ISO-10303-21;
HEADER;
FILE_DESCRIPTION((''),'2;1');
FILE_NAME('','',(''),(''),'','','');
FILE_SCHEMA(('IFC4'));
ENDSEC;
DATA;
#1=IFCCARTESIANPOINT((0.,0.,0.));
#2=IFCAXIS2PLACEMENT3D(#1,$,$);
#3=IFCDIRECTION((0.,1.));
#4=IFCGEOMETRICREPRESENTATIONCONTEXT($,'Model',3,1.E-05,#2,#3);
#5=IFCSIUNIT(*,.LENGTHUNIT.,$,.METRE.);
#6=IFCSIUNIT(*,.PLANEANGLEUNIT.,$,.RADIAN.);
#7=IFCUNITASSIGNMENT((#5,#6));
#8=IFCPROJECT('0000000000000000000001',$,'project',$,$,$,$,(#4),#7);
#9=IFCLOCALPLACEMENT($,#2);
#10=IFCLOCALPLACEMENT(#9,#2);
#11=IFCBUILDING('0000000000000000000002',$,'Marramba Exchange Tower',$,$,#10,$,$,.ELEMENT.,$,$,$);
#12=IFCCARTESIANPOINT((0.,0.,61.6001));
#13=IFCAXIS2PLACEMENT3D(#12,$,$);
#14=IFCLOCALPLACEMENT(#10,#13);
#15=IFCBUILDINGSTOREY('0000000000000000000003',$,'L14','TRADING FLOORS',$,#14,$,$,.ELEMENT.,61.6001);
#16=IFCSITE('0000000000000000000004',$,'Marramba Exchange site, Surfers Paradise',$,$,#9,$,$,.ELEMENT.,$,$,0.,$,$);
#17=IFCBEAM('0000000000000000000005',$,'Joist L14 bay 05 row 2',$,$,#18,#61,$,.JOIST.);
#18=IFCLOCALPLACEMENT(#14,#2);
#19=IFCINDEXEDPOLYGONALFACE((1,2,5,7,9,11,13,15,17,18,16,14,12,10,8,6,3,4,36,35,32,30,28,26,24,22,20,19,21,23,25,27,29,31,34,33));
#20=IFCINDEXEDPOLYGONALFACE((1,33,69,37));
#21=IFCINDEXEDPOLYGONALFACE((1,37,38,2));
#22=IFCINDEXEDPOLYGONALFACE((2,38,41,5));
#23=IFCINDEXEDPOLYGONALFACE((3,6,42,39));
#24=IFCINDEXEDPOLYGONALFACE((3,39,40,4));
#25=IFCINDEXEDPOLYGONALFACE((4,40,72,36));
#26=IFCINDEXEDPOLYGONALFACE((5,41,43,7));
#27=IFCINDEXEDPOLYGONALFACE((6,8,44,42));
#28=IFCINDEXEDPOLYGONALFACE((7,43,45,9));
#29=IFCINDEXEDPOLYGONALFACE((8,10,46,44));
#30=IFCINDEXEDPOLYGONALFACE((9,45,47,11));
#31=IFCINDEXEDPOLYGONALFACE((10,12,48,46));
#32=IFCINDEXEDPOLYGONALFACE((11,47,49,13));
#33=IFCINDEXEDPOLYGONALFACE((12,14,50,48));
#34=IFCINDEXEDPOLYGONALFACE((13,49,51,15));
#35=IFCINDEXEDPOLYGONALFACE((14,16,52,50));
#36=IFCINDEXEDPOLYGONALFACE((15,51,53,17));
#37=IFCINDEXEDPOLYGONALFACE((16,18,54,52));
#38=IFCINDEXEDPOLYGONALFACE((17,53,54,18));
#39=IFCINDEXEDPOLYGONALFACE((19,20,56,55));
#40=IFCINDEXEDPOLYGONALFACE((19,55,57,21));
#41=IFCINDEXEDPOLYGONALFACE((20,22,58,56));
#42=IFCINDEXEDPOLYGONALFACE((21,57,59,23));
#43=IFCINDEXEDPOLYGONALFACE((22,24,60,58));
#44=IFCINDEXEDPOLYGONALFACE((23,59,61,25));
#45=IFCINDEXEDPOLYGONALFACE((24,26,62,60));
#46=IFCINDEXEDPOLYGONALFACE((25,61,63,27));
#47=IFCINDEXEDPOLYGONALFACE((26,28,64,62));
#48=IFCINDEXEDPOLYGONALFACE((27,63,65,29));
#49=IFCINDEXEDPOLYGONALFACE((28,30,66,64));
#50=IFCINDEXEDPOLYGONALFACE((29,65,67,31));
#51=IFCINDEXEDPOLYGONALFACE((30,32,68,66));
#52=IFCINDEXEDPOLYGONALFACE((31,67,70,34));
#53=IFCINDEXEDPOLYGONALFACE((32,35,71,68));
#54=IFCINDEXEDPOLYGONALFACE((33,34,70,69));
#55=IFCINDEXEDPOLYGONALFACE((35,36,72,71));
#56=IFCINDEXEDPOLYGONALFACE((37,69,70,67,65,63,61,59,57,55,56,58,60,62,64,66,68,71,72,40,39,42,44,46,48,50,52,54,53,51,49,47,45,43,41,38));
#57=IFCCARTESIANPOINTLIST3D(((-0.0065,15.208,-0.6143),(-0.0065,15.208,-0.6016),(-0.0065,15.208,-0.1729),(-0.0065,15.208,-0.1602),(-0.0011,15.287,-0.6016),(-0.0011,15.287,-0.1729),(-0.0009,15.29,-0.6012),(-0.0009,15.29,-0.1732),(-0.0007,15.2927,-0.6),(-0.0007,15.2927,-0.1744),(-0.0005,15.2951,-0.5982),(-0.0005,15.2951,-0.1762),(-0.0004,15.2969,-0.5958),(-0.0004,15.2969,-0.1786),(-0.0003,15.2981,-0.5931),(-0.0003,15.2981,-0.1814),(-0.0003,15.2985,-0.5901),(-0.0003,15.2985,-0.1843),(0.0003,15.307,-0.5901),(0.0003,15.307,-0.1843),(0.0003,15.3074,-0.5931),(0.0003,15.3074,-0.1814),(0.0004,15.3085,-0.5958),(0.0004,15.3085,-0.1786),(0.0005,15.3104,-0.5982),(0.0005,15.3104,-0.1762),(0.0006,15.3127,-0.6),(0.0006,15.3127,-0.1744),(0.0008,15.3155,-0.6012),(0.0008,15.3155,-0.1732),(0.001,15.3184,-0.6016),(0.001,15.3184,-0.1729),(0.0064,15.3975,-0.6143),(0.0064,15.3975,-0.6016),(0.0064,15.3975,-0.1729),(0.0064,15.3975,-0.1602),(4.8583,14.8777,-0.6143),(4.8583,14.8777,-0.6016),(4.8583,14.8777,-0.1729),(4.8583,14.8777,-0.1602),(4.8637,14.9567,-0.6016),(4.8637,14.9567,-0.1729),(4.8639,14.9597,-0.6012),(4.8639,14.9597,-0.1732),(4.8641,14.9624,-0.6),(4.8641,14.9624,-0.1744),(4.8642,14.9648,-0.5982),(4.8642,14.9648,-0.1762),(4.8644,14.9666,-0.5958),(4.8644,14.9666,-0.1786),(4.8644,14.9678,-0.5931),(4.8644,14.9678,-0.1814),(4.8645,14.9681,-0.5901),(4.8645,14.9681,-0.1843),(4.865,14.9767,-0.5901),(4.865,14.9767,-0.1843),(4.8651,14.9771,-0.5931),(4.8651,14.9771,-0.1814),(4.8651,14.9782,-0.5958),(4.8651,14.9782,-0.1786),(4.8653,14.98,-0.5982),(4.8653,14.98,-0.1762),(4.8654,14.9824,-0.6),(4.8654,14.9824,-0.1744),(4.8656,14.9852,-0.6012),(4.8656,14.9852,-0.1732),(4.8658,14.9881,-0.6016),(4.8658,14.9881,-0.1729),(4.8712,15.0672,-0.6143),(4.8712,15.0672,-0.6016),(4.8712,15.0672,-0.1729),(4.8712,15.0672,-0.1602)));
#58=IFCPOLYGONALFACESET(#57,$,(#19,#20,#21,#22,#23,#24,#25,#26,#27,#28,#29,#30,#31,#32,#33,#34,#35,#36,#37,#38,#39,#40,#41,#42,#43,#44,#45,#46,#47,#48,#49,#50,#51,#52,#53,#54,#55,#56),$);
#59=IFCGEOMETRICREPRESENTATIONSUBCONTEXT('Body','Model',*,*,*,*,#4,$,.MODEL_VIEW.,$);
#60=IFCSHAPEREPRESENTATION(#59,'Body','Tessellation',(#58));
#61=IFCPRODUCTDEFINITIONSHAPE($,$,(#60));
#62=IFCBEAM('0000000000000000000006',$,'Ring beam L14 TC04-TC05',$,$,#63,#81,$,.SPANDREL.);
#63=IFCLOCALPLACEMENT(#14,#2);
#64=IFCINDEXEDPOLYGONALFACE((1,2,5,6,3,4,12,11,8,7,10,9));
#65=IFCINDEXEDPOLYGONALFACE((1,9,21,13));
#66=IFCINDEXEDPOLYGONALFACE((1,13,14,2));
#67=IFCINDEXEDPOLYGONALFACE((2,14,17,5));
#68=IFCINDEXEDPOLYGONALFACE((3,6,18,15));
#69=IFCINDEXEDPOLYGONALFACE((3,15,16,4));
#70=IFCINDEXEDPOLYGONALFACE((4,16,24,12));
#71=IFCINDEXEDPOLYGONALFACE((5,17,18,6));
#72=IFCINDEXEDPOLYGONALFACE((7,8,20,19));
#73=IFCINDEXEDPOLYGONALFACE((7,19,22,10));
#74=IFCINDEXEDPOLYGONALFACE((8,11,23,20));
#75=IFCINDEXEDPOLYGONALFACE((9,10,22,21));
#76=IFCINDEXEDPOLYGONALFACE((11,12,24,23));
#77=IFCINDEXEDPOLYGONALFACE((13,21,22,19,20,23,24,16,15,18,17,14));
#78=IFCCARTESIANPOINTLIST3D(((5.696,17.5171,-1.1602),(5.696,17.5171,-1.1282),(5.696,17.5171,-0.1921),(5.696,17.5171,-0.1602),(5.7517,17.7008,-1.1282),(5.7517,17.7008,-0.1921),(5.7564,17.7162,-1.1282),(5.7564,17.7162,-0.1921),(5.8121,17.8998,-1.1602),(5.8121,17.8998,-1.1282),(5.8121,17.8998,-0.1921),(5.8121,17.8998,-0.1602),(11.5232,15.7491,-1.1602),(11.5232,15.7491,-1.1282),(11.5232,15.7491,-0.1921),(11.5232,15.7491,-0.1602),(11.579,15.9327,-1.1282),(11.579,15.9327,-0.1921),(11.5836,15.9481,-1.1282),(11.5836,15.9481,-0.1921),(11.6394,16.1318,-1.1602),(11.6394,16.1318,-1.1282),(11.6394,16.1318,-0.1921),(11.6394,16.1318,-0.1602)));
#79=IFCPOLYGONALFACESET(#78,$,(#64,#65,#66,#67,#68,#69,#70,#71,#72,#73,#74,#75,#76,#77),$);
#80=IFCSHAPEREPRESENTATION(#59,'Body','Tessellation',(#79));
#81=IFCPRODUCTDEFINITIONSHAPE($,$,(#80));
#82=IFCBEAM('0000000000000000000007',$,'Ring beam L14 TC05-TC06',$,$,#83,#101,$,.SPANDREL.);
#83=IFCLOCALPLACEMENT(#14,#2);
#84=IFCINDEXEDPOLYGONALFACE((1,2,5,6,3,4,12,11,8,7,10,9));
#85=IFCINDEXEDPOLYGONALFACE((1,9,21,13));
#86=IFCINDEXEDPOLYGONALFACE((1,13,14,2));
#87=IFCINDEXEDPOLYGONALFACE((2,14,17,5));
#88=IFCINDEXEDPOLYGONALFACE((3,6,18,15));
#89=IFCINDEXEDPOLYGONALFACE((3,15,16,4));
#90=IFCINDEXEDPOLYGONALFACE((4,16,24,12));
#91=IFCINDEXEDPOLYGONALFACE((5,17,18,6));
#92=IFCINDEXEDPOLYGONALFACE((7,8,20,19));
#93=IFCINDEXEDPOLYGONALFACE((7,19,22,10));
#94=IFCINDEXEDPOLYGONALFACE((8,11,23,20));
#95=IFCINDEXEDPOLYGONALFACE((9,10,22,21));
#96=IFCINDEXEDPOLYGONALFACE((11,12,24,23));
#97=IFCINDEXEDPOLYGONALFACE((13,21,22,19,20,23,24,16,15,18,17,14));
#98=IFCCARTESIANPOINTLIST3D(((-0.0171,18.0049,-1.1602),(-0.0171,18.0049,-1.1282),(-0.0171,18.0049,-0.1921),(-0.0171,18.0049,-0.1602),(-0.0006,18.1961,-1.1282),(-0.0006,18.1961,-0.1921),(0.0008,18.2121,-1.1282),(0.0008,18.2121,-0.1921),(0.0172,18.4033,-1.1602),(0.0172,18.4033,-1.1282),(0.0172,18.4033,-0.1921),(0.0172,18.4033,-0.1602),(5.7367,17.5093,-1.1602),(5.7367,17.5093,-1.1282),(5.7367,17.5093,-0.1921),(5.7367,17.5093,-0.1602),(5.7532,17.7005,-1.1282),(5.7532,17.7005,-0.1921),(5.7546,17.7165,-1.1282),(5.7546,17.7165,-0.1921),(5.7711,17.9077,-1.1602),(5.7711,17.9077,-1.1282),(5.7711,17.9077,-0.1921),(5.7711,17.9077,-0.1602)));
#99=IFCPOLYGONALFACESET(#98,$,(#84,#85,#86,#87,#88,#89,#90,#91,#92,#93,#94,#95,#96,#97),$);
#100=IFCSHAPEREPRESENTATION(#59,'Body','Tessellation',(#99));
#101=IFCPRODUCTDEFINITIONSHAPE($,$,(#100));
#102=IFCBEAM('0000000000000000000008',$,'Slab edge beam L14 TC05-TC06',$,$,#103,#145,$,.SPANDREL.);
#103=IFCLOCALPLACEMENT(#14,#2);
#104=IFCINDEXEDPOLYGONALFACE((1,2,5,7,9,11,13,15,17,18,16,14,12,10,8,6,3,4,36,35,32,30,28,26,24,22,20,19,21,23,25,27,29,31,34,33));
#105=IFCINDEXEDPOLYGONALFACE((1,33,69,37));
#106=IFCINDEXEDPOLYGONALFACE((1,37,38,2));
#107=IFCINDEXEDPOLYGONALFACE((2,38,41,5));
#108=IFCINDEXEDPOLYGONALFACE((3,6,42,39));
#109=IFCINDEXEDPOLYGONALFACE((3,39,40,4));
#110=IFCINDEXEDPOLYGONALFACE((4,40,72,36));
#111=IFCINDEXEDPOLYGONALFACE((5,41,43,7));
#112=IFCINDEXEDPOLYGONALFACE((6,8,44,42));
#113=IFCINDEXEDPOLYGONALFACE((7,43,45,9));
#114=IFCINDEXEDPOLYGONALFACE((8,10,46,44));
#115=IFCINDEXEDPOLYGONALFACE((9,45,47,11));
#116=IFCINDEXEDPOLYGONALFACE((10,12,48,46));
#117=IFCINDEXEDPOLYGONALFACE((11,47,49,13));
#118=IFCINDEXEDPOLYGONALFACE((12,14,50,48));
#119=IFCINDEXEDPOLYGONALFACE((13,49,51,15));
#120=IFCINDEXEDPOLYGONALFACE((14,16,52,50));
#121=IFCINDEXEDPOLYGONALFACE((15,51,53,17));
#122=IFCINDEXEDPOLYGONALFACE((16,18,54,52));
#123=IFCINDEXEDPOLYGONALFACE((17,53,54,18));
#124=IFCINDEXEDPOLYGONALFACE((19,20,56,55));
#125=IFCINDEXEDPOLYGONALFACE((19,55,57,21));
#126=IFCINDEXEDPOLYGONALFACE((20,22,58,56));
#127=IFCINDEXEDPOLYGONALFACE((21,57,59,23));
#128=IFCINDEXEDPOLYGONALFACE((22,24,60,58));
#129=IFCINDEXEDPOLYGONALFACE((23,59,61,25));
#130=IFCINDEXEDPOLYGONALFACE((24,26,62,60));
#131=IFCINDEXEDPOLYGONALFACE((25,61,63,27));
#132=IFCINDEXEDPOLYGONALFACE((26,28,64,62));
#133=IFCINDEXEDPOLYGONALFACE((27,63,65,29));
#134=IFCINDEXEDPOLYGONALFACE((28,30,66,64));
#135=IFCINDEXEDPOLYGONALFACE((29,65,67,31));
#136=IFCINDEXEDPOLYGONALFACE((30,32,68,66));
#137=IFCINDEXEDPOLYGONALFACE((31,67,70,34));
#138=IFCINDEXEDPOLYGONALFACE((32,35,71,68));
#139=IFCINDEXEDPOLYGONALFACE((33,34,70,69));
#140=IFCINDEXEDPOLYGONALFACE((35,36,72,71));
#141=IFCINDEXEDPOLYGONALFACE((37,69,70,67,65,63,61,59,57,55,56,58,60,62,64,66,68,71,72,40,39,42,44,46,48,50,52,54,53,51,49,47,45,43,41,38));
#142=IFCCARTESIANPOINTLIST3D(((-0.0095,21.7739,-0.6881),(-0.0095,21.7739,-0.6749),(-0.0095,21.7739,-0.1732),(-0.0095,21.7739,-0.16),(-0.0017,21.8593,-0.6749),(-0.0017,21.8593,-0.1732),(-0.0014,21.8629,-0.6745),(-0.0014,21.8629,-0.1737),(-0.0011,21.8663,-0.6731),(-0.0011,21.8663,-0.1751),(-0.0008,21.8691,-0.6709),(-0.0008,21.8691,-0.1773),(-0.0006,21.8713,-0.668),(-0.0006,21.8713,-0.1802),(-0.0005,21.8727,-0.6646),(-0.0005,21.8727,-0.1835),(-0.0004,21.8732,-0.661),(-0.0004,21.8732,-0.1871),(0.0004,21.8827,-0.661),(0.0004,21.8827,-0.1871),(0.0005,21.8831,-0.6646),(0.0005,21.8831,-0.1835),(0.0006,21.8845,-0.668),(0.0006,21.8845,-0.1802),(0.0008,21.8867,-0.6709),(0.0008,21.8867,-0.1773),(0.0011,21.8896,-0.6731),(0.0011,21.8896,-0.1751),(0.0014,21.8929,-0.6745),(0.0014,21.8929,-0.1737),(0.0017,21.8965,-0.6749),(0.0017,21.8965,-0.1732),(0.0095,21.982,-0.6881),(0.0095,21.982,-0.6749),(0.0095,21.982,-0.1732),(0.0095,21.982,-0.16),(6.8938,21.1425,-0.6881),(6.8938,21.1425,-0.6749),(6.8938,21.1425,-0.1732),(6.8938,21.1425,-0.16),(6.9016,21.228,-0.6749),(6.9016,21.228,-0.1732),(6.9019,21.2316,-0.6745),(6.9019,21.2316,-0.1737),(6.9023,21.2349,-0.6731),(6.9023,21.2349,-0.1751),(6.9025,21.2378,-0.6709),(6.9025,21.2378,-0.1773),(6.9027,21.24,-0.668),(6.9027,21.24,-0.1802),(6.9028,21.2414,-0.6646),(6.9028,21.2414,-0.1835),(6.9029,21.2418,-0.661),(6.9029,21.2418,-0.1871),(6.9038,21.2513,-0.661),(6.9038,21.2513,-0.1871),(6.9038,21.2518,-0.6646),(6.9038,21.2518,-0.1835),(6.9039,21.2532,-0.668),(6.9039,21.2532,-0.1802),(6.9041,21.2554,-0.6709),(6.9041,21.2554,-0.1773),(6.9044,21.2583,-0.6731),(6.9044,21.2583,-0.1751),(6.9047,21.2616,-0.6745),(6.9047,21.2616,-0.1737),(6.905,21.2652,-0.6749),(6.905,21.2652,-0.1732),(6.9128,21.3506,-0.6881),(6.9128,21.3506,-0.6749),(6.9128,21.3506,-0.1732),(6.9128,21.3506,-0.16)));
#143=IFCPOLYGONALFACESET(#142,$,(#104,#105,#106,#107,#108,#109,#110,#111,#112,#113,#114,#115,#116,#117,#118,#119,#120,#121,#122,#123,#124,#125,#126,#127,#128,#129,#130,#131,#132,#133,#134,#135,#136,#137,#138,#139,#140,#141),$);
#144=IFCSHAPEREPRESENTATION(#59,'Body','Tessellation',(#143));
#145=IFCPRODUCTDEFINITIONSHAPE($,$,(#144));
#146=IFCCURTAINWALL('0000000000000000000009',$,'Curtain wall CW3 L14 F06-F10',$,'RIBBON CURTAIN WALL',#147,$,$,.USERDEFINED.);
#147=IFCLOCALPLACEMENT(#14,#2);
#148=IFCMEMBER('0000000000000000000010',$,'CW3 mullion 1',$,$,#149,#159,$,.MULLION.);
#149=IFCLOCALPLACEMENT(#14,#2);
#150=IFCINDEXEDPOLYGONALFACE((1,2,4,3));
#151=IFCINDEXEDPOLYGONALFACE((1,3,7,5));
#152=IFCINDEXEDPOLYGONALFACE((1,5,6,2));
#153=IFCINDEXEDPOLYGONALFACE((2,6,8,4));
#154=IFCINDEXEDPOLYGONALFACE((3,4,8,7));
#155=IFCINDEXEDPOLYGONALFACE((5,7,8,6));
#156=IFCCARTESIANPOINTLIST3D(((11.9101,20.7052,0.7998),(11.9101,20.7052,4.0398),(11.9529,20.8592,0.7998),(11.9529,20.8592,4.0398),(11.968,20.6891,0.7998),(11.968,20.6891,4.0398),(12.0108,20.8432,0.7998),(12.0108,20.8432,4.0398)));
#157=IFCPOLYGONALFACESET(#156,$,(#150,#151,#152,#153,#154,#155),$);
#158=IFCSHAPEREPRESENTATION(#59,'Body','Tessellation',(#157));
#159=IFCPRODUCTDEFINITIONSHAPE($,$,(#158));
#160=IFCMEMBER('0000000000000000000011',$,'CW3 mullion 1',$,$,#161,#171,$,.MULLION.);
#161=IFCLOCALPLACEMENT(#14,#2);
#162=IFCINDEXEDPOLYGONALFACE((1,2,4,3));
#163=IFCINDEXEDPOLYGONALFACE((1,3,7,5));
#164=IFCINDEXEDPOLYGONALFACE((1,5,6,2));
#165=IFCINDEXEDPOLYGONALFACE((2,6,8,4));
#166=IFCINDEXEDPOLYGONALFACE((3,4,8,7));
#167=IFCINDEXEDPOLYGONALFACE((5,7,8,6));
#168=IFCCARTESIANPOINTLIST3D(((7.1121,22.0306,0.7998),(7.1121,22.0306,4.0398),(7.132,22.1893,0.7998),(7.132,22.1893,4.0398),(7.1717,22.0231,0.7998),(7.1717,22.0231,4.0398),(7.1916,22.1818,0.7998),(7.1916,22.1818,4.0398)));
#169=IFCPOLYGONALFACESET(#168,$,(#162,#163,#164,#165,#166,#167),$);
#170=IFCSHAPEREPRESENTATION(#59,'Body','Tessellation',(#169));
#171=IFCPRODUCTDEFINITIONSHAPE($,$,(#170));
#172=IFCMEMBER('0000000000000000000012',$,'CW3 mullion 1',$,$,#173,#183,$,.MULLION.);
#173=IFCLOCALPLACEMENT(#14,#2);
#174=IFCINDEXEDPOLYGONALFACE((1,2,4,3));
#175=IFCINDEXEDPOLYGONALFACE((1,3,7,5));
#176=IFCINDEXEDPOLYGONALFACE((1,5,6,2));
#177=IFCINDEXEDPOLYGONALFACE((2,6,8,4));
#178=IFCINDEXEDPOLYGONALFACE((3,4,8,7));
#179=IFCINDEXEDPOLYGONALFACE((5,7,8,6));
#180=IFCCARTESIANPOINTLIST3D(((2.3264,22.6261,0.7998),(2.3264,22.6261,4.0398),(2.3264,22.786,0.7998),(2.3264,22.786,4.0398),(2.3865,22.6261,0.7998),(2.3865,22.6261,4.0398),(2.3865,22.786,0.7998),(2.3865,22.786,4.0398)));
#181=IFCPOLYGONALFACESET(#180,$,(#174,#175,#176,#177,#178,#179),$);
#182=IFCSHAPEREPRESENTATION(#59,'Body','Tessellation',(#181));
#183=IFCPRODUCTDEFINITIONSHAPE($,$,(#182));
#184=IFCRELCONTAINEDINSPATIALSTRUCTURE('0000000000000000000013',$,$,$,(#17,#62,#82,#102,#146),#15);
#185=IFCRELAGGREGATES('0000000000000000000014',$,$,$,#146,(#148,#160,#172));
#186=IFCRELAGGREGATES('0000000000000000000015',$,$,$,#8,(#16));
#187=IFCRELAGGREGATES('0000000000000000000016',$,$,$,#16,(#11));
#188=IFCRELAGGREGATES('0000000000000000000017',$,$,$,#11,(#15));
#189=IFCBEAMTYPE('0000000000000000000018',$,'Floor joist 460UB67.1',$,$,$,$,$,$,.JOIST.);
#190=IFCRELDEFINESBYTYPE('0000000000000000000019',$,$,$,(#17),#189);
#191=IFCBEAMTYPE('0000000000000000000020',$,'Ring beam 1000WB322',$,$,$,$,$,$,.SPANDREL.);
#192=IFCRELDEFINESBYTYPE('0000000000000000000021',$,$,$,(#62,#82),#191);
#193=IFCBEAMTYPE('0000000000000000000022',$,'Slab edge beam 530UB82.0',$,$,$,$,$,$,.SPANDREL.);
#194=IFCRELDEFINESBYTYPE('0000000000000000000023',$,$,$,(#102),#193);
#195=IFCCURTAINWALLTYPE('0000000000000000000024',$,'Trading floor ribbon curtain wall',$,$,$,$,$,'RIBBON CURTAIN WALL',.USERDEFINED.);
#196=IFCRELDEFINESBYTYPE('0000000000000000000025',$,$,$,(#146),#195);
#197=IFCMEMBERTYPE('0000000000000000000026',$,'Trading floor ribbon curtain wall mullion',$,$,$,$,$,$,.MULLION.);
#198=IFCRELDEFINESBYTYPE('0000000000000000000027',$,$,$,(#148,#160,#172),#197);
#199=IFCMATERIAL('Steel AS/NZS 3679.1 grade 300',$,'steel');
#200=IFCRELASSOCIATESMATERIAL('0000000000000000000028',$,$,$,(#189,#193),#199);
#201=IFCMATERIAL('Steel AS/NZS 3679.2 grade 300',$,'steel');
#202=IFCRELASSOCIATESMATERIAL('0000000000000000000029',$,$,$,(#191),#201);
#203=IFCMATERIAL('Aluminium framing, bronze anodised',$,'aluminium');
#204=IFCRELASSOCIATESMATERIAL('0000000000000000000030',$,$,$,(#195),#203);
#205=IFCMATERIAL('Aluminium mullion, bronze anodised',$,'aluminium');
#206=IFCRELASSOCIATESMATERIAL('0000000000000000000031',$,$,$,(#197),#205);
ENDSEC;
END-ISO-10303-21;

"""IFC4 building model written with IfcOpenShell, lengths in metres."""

from ifc_helpers import new_model, si_unit, direction, frame, origin, origin_2d, place, context, subcontext, project, spatial, rectangle, i_section, extrude, material, material_profile, profile_set, type_object, element, aggregate, save


model = new_model("IFC4")

# Units and contexts
model_context = context("Model", 3, precision=1e-05, world=origin(), true_north=direction((0.0, 1.0)))
body_context = subcontext(model_context, "Body", "Model", "MODEL_VIEW")
ifc_project = project(units=[si_unit("LENGTHUNIT", "METRE"), si_unit("PLANEANGLEUNIT", "RADIAN")], contexts=[model_context])

# Site, building, storey
site_placement = place(None, origin())
site = spatial("IfcSite", under=ifc_project, at=site_placement, Name="Marramba Exchange site, Surfers Paradise", CompositionType="ELEMENT", RefElevation=0.0)
building_placement = place(site_placement, origin())
building = spatial("IfcBuilding", under=site, at=building_placement, Name="Marramba Exchange Tower", CompositionType="ELEMENT")
storey_placement = place(building_placement, frame((0.0, 0.0, 61.6001)))
storey = spatial("IfcBuildingStorey", under=building, at=storey_placement, Name="L14", Description="TRADING FLOORS", CompositionType="ELEMENT", Elevation=61.6001)

# Beams
ifc_material_1 = material(Name="Steel AS/NZS 3679.2 grade 300", Category="steel")
ifc_material_2 = material(Name="Steel AS/NZS 3679.1 grade 300", Category="steel")
ifc_material_profile_1 = material_profile(ifc_material_2, i_section(OverallWidth=0.1899, OverallDepth=0.4541, WebThickness=0.0085, FlangeThickness=0.0127, FilletRadius=0.0115, at=origin_2d()), Name="460UB67.1")
ifc_profile_set_1 = profile_set([ifc_material_profile_1], Name="Steel AS/NZS 3679.1 grade 300")
beam_type_1 = type_object("IfcBeamType", Name="Floor joist 460UB67.1", PredefinedType="JOIST", material=ifc_profile_set_1)
beam_1_placement = place(storey_placement, frame((4.8647, 14.9724, -0.3872), z_axis=(-0.997703, 0.067745, 0.0), x_axis=(-0.067745, -0.997703, 0.0)))
element("IfcBeam", 1, at=beam_1_placement, inside=storey, type_object=beam_type_1, Name="Joist L14 bay 05 row 2", PredefinedType="JOIST", context=body_context, shape_type="SweptSolid", body=[
    extrude(i_section(OverallWidth=0.1899, OverallDepth=0.4541, WebThickness=0.0085, FlangeThickness=0.0127, FilletRadius=0.0115, at=origin_2d()), origin(), (0.0, 0.0, 1.0), 4.876),
])
ifc_material_profile_2 = material_profile(ifc_material_1, i_section(OverallWidth=0.3999, OverallDepth=1.0, WebThickness=0.0161, FlangeThickness=0.032, at=origin_2d()), Name="1000WB322")
ifc_profile_set_2 = profile_set([ifc_material_profile_2], Name="Steel AS/NZS 3679.2 grade 300")
beam_type_2 = type_object("IfcBeamType", Name="Ring beam 1000WB322", PredefinedType="SPANDREL", material=ifc_profile_set_2)
beam_2_placement = place(storey_placement, frame((11.5813, 15.9404, -0.6602), z_axis=(-0.956925, 0.290337, 0.0), x_axis=(-0.290337, -0.956925, 0.0)))
element("IfcBeam", 2, at=beam_2_placement, inside=storey, type_object=beam_type_2, Name="Ring beam L14 TC04-TC05", PredefinedType="SPANDREL", context=body_context, shape_type="SweptSolid", body=[
    extrude(i_section(OverallWidth=0.3999, OverallDepth=1.0, WebThickness=0.0161, FlangeThickness=0.032, at=origin_2d()), origin(), (0.0, 0.0, 1.0), 6.0896),
])
beam_3_placement = place(storey_placement, frame((5.7539, 17.7085, -0.6602), z_axis=(-0.996311, 0.085816, 0.0), x_axis=(-0.085816, -0.996311, 0.0)))
element("IfcBeam", 3, at=beam_3_placement, inside=storey, type_object=beam_type_2, Name="Ring beam L14 TC05-TC06", PredefinedType="SPANDREL", context=body_context, shape_type="SweptSolid", body=[
    extrude(i_section(OverallWidth=0.3999, OverallDepth=1.0, WebThickness=0.0161, FlangeThickness=0.032, at=origin_2d()), origin(), (0.0, 0.0, 1.0), 5.7751),
])
ifc_material_profile_3 = material_profile(ifc_material_2, i_section(OverallWidth=0.209, OverallDepth=0.5281, WebThickness=0.0095, FlangeThickness=0.0132, FilletRadius=0.0139, at=origin_2d()), Name="530UB82.0")
ifc_profile_set_3 = profile_set([ifc_material_profile_3], Name="Steel AS/NZS 3679.1 grade 300")
beam_type_3 = type_object("IfcBeamType", Name="Slab edge beam 530UB82.0", PredefinedType="SPANDREL", material=ifc_profile_set_3)
beam_4_placement = place(storey_placement, frame((6.9033, 21.2466, -0.4241), z_axis=(-0.995844, 0.091076, 0.0), x_axis=(-0.091076, -0.995844, 0.0)))
element("IfcBeam", 4, at=beam_4_placement, inside=storey, type_object=beam_type_3, Name="Slab edge beam L14 TC05-TC06", PredefinedType="SPANDREL", context=body_context, shape_type="SweptSolid", body=[
    extrude(i_section(OverallWidth=0.209, OverallDepth=0.5281, WebThickness=0.0095, FlangeThickness=0.0132, FilletRadius=0.0139, at=origin_2d()), origin(), (0.0, 0.0, 1.0), 6.9321),
])

# Curtain wall, members
ifc_material_3 = material(Name="Aluminium framing, bronze anodised", Category="aluminium")
curtain_wall_type = type_object("IfcCurtainWallType", Name="Trading floor ribbon curtain wall", ElementType="RIBBON CURTAIN WALL", PredefinedType="USERDEFINED", material=ifc_material_3)
curtain_wall_placement = place(storey_placement, origin())
curtain_wall = element("IfcCurtainWall", 5, at=curtain_wall_placement, inside=storey, type_object=curtain_wall_type, Name="Curtain wall CW3 L14 F06-F10", ObjectType="RIBBON CURTAIN WALL", PredefinedType="USERDEFINED")
ifc_material_4 = material(Name="Aluminium mullion, bronze anodised", Category="aluminium")
ifc_material_profile_4 = material_profile(ifc_material_4, rectangle(XDim=0.1599, YDim=0.0601, at=origin_2d()), Name="CW3 mullion 60x160")
ifc_profile_set_4 = profile_set([ifc_material_profile_4], Name="Aluminium mullion, bronze anodised")
member_type_1 = type_object("IfcMemberType", Name="Trading floor ribbon curtain wall mullion", PredefinedType="MULLION", material=ifc_profile_set_4)
member_1_placement = place(storey_placement, frame((11.9604, 20.7742, 0.7998), z_axis=(0.0, 0.0, 1.0), x_axis=(-0.267809, -0.963472, 0.0)))
member_1 = element("IfcMember", 6, at=member_1_placement, type_object=member_type_1, Name="CW3 mullion 1", PredefinedType="MULLION", context=body_context, shape_type="SweptSolid", body=[
    extrude(rectangle(XDim=0.1599, YDim=0.0601, at=origin_2d()), origin(), (0.0, 0.0, 1.0), 3.24),
])
member_2_placement = place(storey_placement, frame((7.1519, 22.1062, 0.7998), z_axis=(0.0, 0.0, 1.0), x_axis=(-0.124873, -0.992173, 0.0)))
member_2 = element("IfcMember", 7, at=member_2_placement, type_object=member_type_1, Name="CW3 mullion 1", PredefinedType="MULLION", context=body_context, shape_type="SweptSolid", body=[
    extrude(rectangle(XDim=0.1599, YDim=0.0601, at=origin_2d()), origin(), (0.0, 0.0, 1.0), 3.24),
])
member_3_placement = place(storey_placement, frame((2.3564, 22.7061, 0.7998), z_axis=(0.0, 0.0, 1.0), x_axis=(0.0, -1.0, 0.0)))
member_3 = element("IfcMember", 8, at=member_3_placement, type_object=member_type_1, Name="CW3 mullion 1", PredefinedType="MULLION", context=body_context, shape_type="SweptSolid", body=[
    extrude(rectangle(XDim=0.1599, YDim=0.0601, at=origin_2d()), origin(), (0.0, 0.0, 1.0), 3.24),
])
aggregate(curtain_wall, [member_1, member_2, member_3])

save(model, "model.ifc")
